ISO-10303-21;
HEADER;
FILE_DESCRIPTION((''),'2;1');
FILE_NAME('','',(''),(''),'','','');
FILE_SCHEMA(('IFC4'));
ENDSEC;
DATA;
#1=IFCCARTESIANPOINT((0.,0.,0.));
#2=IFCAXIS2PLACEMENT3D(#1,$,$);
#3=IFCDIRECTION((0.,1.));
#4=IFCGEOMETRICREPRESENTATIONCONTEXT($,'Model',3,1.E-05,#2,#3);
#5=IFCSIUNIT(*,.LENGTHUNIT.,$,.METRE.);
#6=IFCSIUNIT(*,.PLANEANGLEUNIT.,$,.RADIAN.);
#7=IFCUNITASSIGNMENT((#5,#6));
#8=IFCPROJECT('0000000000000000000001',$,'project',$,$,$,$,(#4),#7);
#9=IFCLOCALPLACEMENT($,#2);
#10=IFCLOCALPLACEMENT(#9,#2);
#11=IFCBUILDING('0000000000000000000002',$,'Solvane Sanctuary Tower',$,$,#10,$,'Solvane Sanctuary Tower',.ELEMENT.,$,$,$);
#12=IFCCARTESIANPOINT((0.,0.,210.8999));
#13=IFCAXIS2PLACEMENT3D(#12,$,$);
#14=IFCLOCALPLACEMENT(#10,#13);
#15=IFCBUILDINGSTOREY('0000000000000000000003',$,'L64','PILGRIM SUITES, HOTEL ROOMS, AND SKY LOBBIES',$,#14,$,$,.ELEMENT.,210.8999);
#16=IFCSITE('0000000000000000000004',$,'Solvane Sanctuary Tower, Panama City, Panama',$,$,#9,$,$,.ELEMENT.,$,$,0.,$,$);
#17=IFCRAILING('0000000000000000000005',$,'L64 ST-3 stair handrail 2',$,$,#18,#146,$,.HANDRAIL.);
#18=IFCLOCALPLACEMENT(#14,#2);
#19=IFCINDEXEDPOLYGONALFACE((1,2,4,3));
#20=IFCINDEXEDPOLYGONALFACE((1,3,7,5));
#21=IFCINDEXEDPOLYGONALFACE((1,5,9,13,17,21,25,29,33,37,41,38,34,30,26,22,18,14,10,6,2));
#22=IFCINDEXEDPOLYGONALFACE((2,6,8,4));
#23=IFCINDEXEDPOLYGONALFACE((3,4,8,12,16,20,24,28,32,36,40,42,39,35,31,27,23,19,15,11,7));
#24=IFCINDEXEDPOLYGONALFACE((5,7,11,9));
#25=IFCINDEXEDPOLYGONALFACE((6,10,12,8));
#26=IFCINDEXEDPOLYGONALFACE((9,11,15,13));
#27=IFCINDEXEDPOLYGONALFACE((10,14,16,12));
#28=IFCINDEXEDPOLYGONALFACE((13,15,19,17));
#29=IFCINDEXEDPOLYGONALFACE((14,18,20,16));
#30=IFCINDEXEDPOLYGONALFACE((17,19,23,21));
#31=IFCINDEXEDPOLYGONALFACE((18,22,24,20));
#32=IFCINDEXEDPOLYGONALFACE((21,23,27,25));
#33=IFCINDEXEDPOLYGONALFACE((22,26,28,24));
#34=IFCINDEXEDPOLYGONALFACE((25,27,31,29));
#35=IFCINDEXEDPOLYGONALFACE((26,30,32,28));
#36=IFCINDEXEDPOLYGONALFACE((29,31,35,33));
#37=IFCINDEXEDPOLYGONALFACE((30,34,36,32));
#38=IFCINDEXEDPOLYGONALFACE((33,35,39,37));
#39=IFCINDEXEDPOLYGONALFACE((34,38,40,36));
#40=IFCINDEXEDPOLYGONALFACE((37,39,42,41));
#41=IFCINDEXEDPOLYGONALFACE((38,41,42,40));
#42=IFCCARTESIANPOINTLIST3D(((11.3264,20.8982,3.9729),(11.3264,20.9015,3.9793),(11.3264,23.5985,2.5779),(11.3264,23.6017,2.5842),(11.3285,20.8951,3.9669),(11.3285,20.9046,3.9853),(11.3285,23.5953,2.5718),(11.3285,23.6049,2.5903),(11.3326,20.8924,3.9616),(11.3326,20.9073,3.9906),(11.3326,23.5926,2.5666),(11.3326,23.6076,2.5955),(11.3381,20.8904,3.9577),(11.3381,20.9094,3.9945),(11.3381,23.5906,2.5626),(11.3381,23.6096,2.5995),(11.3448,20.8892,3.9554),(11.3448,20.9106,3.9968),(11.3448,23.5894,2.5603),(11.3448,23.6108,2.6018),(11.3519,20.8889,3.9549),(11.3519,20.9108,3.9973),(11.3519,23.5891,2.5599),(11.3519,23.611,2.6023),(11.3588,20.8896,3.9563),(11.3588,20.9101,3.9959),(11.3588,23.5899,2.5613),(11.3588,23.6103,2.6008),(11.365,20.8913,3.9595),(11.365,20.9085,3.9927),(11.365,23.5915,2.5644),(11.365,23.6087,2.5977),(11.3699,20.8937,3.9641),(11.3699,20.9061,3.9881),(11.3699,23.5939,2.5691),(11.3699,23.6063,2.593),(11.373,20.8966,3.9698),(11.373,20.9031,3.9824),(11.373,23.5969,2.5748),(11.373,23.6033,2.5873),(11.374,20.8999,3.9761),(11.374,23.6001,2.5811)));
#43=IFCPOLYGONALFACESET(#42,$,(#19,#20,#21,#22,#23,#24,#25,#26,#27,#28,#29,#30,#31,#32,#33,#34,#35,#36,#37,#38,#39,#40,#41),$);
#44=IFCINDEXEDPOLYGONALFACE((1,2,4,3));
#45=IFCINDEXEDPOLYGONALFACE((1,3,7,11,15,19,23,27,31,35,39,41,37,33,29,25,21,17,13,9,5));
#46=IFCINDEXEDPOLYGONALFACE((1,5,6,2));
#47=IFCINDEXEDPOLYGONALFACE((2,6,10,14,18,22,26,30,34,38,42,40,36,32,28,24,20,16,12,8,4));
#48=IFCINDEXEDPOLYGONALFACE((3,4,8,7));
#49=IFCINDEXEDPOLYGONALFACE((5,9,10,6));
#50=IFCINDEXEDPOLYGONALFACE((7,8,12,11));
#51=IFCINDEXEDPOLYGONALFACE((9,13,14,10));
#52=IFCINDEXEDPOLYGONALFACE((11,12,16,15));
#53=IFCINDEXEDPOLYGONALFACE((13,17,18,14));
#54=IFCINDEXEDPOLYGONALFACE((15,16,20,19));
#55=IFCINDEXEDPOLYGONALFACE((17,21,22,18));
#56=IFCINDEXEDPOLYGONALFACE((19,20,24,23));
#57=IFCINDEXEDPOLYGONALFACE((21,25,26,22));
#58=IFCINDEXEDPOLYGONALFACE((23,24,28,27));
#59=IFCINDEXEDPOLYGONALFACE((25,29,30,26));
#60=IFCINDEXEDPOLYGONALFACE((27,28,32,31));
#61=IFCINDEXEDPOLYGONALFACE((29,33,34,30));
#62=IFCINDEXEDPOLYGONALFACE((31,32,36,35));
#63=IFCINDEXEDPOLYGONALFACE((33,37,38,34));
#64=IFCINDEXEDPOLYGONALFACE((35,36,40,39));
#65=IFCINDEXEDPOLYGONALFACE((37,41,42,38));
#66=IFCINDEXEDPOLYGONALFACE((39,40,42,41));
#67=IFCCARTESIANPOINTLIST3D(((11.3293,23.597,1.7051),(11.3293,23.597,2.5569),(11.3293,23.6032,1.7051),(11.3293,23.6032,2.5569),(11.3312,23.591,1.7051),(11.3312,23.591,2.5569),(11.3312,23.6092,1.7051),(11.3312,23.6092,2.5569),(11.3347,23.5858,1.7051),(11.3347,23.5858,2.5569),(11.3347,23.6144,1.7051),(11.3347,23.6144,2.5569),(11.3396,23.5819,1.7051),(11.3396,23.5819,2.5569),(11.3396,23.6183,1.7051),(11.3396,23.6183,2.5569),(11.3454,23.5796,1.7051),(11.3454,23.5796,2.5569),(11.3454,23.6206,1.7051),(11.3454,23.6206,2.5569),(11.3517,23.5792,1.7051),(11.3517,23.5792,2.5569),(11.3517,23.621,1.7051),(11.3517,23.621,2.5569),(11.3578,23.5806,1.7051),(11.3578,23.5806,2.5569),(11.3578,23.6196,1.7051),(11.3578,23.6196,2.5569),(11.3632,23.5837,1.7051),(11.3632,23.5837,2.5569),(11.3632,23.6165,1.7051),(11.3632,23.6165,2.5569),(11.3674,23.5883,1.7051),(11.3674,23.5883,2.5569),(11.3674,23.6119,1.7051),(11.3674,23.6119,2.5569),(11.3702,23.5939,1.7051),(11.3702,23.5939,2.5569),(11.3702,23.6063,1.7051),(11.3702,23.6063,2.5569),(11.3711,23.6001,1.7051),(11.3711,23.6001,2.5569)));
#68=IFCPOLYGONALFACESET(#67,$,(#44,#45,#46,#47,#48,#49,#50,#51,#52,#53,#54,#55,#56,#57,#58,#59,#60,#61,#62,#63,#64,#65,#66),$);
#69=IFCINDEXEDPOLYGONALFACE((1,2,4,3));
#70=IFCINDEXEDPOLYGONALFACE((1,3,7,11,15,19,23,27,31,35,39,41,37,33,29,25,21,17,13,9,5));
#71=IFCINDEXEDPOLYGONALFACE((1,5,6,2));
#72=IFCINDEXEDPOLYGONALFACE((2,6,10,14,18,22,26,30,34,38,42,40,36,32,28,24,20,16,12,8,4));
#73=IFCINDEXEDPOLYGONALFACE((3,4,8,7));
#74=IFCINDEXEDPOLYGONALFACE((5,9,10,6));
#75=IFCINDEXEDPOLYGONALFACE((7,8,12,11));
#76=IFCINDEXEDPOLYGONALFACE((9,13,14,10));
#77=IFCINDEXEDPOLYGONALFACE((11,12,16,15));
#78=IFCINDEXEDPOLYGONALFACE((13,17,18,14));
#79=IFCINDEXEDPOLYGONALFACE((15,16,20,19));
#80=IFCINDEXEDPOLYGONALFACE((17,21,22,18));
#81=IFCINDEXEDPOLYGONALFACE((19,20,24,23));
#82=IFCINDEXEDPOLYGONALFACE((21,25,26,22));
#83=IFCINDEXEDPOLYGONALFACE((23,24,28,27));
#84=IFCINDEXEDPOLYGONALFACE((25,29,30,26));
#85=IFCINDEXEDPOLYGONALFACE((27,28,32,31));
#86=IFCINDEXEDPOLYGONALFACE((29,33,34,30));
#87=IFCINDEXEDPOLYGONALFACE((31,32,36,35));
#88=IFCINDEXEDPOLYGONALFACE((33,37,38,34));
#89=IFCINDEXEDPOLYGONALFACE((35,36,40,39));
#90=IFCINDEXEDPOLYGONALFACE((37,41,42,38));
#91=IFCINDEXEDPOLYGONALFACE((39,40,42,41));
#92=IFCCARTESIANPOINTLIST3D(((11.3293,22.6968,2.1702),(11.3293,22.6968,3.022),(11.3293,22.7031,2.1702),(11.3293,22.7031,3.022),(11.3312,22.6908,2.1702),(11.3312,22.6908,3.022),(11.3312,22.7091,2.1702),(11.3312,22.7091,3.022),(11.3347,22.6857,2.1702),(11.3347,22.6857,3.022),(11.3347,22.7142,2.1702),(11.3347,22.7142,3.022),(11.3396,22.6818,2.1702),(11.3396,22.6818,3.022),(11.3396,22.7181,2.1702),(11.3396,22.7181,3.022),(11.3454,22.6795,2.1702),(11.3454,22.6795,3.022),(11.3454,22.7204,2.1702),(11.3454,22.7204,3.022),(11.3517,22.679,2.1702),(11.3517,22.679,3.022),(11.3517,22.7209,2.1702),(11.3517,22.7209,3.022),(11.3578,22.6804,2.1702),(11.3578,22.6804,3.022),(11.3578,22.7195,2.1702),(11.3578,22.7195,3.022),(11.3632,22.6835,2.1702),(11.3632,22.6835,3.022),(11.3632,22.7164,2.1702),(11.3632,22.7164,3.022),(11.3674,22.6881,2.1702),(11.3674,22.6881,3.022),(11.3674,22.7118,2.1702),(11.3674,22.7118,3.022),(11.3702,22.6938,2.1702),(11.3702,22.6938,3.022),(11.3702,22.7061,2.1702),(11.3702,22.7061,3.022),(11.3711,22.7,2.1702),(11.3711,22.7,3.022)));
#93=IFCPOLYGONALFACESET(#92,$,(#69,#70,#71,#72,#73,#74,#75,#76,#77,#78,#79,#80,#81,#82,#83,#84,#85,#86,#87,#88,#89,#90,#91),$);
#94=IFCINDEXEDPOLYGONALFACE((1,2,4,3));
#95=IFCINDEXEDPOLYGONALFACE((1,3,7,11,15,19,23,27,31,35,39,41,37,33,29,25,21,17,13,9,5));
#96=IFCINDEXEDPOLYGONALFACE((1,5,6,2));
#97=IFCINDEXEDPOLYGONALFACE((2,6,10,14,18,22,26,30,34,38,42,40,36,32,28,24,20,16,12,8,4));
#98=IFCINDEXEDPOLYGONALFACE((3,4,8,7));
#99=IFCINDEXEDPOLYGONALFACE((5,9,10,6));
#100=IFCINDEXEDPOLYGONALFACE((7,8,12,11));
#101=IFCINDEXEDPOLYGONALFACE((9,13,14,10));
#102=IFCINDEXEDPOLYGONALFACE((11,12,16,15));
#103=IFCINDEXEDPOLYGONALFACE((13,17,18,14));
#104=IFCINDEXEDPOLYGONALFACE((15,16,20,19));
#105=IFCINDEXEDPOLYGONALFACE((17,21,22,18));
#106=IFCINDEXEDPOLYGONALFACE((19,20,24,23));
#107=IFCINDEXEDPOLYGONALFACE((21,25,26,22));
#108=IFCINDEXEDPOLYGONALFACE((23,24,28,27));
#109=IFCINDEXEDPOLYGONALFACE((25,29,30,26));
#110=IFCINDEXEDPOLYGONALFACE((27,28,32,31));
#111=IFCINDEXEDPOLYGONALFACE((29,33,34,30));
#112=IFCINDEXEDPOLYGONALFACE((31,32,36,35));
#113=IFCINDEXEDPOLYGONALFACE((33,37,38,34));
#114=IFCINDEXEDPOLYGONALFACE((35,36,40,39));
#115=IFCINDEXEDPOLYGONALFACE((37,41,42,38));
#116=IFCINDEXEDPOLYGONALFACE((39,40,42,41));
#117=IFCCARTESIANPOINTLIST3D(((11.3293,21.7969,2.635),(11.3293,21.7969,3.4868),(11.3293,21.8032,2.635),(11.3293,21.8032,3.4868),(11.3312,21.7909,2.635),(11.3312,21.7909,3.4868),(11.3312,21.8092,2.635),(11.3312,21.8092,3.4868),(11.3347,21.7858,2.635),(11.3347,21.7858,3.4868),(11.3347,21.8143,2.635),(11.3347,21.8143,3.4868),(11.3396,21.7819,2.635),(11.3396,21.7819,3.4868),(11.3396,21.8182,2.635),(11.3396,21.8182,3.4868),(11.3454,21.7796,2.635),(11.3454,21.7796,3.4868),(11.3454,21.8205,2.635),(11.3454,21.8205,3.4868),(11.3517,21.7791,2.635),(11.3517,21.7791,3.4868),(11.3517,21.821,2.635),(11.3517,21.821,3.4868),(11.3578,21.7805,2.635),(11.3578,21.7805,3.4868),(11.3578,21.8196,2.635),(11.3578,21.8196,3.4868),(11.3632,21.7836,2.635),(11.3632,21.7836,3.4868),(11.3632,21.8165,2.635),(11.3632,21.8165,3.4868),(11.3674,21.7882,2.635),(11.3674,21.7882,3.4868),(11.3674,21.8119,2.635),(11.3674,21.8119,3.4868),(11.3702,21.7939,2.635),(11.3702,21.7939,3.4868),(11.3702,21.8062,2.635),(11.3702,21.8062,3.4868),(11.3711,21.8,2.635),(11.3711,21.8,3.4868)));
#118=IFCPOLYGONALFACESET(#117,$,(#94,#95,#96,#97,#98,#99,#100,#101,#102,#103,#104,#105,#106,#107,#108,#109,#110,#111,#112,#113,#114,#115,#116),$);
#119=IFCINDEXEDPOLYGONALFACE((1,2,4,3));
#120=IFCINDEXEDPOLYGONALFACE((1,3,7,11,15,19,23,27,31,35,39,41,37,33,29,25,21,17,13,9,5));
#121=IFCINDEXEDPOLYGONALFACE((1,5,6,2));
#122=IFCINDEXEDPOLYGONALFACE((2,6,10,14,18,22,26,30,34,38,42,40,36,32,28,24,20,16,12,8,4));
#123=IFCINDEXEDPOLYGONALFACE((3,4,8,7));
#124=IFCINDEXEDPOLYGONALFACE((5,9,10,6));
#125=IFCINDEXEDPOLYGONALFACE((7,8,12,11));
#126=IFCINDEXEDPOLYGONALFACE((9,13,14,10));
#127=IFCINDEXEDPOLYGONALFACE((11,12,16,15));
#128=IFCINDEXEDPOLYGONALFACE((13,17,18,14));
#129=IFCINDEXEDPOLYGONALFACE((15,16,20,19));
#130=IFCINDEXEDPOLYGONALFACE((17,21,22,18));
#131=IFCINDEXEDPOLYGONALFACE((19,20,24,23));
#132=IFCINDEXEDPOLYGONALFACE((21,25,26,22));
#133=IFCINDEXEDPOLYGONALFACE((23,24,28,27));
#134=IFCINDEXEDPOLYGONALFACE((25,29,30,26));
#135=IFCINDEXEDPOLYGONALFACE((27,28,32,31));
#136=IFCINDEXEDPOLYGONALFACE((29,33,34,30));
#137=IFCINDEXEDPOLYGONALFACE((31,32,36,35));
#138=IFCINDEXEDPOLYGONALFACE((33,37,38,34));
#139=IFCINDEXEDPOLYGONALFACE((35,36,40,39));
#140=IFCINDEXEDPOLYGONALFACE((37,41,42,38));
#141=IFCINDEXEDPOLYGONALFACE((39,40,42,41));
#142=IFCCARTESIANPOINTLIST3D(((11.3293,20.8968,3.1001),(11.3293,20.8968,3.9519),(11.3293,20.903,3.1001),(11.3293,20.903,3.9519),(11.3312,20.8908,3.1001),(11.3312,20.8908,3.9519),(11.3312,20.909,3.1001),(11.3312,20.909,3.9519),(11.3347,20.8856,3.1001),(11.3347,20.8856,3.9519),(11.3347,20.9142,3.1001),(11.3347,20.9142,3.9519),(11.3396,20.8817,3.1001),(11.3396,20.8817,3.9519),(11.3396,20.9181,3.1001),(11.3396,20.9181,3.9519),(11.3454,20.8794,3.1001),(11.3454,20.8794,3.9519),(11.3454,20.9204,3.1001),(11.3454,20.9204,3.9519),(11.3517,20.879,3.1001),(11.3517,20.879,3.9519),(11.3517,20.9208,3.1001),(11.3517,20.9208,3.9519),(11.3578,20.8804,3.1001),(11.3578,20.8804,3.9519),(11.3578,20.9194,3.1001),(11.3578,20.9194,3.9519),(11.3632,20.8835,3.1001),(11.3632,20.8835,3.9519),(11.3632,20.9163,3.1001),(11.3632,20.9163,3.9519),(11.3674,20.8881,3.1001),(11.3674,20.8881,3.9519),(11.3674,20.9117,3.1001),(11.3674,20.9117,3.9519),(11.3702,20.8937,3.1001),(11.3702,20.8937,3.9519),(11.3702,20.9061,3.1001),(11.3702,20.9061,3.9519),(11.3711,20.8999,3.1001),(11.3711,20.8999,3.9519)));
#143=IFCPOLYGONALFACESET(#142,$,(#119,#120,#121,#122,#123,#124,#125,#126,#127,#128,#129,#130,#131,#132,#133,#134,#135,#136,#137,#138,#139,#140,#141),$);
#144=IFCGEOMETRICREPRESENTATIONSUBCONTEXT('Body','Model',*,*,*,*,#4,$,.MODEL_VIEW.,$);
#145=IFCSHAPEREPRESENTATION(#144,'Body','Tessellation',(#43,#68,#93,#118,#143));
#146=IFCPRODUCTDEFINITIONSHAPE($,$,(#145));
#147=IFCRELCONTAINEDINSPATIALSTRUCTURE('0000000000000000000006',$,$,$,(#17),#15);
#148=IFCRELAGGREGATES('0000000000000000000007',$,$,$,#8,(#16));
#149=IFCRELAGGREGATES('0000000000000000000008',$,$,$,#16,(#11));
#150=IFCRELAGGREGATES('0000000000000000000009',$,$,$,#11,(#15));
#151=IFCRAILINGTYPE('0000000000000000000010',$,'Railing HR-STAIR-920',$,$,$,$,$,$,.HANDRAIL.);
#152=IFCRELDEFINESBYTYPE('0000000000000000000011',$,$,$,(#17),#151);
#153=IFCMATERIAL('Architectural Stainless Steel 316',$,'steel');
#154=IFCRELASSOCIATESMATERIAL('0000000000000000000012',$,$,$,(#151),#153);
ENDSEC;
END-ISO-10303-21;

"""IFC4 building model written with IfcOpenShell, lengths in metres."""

from ifc_helpers import new_model, si_unit, direction, frame, origin, origin_2d, place, context, subcontext, project, spatial, circle, extrude, material, type_object, element, save


model = new_model("IFC4")

# Units and contexts
model_context = context("Model", 3, precision=1e-05, world=origin(), true_north=direction((0.0, 1.0)))
body_context = subcontext(model_context, "Body", "Model", "MODEL_VIEW")
ifc_project = project(units=[si_unit("LENGTHUNIT", "METRE"), si_unit("PLANEANGLEUNIT", "RADIAN")], contexts=[model_context])

# Site, building, storey
site_placement = place(None, origin())
site = spatial("IfcSite", under=ifc_project, at=site_placement, Name="Solvane Sanctuary Tower, Panama City, Panama", CompositionType="ELEMENT", RefElevation=0.0)
building_placement = place(site_placement, origin())
building = spatial("IfcBuilding", under=site, at=building_placement, Name="Solvane Sanctuary Tower", LongName="Solvane Sanctuary Tower", CompositionType="ELEMENT")
storey_placement = place(building_placement, frame((0.0, 0.0, 210.8999)))
storey = spatial("IfcBuildingStorey", under=building, at=storey_placement, Name="L64", Description="PILGRIM SUITES, HOTEL ROOMS, AND SKY LOBBIES", CompositionType="ELEMENT", Elevation=210.8999)

# Railing
ifc_material_1 = material(Name="Architectural Stainless Steel 316", Category="steel")
railing_type_1 = type_object("IfcRailingType", Name="Railing HR-STAIR-920", PredefinedType="HANDRAIL", material=ifc_material_1)
railing_1_placement = place(storey_placement, frame((11.3501, 23.6001, 1.7051)))
element("IfcRailing", 1, at=railing_1_placement, inside=storey, type_object=railing_type_1, Name="L64 ST-3 stair handrail 2", PredefinedType="HANDRAIL", context=body_context, shape_type="SweptSolid", body=[
    extrude(circle(Radius=0.0239, at=origin_2d()), frame((0.0, 0.0, 0.876), z_axis=(0.0, -0.888437, 0.458999), x_axis=(1.0, 0.0, 0.0)), (0.0, 0.0, 1.0), 3.0393),
    extrude(circle(Radius=0.021, at=origin_2d()), origin(), (0.0, 0.0, 1.0), 0.8518),
    extrude(circle(Radius=0.021, at=origin_2d()), frame((0.0, -0.9001, 0.4651)), (0.0, 0.0, 1.0), 0.8518),
    extrude(circle(Radius=0.021, at=origin_2d()), frame((0.0, -1.8, 0.9299)), (0.0, 0.0, 1.0), 0.8518),
    extrude(circle(Radius=0.021, at=origin_2d()), frame((0.0, -2.7002, 1.395)), (0.0, 0.0, 1.0), 0.8518),
])

save(model, "model.ifc")
